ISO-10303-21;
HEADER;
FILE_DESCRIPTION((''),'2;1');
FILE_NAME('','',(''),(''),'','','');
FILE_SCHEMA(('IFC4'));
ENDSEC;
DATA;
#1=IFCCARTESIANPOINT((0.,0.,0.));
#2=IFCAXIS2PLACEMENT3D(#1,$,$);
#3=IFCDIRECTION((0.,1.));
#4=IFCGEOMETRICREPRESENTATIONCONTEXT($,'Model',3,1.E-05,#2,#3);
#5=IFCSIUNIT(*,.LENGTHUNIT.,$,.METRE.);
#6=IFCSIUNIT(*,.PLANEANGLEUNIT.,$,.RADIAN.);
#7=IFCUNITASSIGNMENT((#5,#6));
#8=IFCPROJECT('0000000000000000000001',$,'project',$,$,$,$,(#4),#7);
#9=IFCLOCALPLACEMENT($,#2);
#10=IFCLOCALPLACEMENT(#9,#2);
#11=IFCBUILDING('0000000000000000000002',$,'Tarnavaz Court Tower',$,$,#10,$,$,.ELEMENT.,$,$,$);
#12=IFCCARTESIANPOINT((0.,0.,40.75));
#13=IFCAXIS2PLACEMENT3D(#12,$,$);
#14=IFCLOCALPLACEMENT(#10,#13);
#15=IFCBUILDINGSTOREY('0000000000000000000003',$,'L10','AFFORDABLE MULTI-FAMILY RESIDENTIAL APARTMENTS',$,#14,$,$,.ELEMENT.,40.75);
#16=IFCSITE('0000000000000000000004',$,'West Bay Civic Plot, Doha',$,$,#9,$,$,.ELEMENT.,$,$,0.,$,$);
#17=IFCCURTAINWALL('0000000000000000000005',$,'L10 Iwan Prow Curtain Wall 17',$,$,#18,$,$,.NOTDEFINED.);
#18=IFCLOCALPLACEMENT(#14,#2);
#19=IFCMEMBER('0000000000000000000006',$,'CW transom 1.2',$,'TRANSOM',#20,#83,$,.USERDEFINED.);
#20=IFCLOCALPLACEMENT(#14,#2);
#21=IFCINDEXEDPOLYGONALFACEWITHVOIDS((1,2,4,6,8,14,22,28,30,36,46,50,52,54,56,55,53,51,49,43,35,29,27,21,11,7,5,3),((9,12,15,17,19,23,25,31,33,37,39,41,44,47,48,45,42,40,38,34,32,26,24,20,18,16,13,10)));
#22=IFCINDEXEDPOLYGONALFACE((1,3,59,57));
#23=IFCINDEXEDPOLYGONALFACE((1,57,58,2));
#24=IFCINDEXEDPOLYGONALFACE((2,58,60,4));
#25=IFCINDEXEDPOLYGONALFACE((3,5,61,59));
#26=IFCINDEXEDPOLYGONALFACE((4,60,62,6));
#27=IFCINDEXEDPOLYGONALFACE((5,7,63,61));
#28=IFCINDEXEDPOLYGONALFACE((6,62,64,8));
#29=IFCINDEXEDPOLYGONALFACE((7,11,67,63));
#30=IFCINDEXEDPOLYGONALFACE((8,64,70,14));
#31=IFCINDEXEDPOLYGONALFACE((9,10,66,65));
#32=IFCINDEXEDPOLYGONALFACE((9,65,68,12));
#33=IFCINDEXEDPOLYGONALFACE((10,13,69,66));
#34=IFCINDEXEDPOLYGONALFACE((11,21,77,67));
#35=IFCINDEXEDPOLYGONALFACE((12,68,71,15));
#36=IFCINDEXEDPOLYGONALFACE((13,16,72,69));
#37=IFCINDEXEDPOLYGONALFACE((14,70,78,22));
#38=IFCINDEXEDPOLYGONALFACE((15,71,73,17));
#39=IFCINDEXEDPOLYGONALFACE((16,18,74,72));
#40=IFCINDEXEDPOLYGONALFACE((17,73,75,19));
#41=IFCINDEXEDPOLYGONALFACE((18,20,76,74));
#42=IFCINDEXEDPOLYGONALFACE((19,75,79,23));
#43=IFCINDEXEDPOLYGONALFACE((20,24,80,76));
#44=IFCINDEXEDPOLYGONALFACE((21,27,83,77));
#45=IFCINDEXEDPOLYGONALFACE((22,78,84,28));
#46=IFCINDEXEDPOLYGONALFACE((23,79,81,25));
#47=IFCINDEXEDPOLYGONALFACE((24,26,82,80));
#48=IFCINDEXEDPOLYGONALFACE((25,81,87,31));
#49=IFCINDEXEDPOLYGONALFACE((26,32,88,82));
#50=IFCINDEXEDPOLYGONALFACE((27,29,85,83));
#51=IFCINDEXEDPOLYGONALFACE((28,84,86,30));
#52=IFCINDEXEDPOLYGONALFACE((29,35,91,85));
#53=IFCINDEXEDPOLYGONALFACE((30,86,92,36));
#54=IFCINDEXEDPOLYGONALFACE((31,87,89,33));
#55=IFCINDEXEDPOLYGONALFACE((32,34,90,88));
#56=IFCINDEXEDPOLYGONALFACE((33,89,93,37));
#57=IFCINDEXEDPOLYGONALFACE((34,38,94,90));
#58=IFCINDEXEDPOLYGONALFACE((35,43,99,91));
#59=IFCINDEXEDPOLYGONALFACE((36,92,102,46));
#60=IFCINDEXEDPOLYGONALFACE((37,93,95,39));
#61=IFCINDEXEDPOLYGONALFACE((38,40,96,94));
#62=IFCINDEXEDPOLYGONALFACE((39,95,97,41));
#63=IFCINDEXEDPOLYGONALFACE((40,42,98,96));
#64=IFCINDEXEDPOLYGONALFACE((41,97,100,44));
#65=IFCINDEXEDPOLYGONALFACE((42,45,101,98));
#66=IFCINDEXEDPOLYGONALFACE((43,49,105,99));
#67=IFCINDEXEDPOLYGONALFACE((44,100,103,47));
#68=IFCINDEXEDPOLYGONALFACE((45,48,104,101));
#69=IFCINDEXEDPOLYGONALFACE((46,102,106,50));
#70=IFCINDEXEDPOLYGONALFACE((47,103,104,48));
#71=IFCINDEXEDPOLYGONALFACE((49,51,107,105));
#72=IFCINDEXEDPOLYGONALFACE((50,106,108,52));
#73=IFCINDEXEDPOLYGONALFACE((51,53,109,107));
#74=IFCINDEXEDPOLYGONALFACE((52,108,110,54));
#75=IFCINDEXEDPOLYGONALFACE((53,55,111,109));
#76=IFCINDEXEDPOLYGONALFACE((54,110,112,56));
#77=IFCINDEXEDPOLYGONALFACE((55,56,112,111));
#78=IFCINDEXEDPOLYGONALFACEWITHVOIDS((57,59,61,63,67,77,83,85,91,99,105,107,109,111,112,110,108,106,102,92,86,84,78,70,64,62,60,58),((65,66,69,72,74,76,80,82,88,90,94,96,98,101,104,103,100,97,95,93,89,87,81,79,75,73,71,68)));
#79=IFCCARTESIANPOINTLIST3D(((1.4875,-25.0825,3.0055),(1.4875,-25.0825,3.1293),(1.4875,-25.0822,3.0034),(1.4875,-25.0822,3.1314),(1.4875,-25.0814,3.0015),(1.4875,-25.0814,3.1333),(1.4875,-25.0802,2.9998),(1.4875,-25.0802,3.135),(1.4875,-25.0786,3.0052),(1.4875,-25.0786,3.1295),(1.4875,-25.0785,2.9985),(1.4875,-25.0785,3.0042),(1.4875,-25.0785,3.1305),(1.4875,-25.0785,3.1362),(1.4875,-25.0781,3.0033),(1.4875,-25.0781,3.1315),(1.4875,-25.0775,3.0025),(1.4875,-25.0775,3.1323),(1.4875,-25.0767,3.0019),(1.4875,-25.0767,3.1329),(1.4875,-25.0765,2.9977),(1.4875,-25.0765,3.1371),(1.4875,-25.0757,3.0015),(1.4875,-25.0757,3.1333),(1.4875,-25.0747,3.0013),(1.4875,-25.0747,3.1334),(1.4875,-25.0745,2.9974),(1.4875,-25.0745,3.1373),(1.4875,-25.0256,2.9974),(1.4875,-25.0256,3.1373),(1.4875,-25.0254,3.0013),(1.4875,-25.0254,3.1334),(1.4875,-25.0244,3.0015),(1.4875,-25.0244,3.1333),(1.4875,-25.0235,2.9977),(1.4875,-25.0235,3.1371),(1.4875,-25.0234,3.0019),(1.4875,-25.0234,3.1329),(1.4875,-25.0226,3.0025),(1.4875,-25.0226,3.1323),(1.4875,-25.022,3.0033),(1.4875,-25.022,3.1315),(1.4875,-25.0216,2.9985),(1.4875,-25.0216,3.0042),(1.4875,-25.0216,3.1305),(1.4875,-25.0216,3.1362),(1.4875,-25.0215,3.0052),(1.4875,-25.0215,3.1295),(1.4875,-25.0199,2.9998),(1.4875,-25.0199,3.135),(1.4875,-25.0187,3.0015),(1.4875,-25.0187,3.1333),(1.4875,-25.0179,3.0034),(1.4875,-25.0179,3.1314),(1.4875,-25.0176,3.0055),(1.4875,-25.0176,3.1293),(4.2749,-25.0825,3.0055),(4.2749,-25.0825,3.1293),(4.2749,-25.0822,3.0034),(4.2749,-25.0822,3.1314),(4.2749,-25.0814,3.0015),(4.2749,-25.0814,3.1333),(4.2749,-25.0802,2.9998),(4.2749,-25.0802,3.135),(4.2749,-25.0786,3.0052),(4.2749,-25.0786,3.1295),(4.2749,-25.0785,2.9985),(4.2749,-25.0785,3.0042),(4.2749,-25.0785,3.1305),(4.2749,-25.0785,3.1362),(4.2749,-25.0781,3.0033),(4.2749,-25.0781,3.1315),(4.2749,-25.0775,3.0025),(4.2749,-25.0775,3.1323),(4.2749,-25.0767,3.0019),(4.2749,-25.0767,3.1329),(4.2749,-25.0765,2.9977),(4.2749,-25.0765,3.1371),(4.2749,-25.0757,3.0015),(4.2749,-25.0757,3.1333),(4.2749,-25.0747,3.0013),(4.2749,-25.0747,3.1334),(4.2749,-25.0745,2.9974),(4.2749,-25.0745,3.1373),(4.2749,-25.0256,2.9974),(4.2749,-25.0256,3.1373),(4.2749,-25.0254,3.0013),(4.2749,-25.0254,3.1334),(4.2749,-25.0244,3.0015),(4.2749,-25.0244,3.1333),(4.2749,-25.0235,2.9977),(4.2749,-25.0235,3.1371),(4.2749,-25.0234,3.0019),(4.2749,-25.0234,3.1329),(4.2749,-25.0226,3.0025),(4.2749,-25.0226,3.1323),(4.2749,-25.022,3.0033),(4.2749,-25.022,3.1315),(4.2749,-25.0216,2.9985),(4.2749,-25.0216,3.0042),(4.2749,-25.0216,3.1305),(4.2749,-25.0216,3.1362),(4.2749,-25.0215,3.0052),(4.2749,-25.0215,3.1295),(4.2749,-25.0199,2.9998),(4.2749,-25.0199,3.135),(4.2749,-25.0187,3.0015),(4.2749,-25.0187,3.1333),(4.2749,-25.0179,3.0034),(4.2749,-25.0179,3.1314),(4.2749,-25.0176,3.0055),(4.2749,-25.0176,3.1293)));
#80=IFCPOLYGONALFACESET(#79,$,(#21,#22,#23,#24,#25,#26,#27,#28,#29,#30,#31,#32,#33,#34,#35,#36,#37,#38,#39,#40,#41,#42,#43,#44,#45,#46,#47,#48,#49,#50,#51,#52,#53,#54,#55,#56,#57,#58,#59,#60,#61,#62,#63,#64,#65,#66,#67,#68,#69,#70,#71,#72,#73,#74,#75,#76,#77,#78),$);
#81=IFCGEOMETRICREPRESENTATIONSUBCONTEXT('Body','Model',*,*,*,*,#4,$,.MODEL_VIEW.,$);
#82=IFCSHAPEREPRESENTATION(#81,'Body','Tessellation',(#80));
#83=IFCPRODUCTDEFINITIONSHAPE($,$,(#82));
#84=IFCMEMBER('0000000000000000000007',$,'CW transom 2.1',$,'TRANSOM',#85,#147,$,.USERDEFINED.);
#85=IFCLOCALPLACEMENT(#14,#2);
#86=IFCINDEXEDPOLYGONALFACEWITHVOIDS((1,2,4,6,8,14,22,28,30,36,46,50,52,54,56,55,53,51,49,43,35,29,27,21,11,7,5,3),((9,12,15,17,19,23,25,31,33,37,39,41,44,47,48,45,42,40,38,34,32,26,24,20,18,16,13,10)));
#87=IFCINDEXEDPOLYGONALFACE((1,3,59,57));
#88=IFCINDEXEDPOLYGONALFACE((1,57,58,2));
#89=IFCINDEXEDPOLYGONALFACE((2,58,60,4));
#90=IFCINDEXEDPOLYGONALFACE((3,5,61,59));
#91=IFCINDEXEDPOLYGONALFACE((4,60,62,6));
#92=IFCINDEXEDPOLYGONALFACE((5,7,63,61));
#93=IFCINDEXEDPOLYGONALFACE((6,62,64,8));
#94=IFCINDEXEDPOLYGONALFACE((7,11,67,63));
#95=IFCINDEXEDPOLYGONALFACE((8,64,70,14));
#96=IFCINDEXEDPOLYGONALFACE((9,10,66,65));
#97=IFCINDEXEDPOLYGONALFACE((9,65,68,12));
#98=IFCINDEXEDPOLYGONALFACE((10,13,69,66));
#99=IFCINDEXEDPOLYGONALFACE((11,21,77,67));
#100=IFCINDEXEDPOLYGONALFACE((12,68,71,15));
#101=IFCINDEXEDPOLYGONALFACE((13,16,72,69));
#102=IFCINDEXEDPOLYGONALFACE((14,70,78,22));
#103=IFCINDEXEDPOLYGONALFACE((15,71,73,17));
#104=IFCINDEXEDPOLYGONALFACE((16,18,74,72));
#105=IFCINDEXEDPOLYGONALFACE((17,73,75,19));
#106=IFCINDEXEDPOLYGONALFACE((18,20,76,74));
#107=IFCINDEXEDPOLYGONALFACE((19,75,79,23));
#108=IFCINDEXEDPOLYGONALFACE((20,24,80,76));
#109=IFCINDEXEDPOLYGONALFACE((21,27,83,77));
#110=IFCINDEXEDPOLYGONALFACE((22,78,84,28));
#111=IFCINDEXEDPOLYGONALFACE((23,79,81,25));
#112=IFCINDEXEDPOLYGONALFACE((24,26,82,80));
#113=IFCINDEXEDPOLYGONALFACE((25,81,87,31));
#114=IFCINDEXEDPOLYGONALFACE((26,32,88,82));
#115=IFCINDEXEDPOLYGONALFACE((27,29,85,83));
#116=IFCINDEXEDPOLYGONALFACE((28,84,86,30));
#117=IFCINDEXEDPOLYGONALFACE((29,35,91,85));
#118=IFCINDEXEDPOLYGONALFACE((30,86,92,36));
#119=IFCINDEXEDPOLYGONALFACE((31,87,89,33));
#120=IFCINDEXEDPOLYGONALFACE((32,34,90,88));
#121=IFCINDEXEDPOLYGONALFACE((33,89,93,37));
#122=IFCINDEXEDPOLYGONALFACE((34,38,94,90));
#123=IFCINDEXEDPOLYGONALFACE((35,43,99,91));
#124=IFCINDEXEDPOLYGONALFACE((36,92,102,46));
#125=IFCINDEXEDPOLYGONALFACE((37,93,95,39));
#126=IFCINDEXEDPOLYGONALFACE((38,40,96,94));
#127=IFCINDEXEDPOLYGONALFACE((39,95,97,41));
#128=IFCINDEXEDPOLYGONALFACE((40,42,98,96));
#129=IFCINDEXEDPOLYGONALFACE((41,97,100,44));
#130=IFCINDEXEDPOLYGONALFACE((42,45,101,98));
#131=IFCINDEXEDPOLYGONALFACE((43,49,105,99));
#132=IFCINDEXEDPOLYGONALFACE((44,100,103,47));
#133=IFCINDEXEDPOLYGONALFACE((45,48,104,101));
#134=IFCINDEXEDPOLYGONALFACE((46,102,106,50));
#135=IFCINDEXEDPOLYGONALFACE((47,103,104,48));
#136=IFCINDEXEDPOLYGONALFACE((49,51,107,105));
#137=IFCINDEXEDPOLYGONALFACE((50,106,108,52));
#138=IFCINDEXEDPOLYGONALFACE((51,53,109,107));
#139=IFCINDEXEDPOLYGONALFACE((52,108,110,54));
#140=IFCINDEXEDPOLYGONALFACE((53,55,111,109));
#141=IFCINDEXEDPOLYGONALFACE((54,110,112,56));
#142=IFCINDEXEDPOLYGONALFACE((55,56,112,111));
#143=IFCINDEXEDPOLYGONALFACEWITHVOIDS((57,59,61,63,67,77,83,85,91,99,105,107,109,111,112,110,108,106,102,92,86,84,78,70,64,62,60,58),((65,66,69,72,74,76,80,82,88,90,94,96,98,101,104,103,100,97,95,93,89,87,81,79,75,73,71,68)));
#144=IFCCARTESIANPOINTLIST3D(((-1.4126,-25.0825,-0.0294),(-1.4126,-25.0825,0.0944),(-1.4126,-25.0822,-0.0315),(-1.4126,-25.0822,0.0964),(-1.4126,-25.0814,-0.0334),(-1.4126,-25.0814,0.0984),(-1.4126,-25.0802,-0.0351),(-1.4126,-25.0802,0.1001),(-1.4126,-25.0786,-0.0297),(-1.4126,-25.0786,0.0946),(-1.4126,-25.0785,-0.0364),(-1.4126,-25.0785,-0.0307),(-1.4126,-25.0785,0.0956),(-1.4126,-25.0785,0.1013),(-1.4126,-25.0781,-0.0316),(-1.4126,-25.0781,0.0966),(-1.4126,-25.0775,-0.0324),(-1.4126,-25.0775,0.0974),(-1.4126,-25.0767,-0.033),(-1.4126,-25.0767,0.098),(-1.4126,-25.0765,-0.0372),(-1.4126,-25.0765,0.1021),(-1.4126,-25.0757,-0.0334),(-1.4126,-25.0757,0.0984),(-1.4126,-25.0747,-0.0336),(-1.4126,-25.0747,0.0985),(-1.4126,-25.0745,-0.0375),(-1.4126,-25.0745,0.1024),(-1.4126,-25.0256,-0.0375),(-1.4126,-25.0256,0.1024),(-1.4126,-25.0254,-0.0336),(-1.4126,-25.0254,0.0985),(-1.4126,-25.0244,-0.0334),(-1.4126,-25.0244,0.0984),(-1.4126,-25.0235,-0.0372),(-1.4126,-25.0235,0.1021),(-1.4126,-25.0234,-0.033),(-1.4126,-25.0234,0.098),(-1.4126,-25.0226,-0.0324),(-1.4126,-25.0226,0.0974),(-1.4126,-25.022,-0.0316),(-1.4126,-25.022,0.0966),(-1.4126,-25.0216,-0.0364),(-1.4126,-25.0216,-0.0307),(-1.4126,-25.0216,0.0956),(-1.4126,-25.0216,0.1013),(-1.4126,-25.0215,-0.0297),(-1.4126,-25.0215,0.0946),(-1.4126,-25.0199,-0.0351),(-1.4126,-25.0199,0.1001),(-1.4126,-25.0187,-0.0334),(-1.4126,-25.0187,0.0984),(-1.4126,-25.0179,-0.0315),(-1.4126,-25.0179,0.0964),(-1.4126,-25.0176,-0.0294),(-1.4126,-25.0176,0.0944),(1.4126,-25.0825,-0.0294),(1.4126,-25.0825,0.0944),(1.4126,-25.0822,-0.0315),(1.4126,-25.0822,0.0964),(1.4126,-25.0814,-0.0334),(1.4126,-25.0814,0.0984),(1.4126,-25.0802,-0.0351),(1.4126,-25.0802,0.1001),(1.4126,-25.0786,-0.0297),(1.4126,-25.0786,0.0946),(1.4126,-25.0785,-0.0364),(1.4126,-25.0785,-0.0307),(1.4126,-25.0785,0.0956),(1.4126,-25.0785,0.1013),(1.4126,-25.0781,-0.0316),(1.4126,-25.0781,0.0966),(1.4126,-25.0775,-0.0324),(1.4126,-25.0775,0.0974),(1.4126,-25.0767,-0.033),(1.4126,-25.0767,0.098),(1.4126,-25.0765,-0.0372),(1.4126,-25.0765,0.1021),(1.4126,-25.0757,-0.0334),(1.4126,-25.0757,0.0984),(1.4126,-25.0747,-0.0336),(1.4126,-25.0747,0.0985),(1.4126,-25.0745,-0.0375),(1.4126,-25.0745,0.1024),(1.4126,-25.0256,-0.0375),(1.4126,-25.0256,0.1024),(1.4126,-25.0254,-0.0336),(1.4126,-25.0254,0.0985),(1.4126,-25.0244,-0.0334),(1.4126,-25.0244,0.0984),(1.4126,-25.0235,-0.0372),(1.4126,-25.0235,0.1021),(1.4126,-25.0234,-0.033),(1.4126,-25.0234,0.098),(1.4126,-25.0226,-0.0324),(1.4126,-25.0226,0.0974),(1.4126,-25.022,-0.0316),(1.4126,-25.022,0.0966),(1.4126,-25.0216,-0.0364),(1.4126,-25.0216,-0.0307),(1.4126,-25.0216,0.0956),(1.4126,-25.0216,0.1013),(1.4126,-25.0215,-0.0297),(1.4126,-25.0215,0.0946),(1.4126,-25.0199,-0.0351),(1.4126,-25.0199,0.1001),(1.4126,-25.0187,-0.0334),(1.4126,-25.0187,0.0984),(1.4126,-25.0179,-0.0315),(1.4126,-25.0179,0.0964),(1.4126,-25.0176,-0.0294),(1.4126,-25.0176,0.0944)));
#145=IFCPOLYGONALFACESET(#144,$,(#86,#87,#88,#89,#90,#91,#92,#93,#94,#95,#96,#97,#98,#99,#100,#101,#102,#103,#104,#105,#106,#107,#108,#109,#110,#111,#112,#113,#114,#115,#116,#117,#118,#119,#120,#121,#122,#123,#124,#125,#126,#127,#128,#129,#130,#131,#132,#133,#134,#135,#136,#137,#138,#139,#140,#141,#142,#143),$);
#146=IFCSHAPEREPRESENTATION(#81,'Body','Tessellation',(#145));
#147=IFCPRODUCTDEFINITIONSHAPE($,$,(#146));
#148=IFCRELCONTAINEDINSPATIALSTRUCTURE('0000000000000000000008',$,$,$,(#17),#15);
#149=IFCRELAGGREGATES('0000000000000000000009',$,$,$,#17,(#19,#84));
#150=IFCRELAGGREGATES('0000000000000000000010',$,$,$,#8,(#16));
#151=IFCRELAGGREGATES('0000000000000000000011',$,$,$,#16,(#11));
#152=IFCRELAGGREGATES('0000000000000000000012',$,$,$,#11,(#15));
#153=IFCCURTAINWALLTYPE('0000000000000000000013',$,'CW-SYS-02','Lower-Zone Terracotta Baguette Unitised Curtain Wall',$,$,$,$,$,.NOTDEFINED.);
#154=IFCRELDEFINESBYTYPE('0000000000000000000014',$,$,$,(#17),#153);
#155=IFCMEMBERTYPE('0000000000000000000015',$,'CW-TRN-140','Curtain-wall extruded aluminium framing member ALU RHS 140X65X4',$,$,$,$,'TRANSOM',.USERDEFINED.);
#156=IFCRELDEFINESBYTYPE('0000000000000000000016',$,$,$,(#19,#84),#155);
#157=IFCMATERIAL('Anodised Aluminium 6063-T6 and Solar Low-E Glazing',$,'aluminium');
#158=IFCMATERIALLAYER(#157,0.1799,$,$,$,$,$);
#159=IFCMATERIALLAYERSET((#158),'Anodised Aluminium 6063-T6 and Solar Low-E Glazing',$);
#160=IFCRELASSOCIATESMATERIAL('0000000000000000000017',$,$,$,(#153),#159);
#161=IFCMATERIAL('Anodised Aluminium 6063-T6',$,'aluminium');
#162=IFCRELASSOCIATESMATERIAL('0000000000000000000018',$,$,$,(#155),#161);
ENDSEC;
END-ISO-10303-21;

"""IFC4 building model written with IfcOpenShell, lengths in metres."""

from ifc_helpers import new_model, si_unit, direction, frame, origin, origin_2d, place, context, subcontext, project, spatial, hollow_rectangle, extrude, material, layer, layer_set, material_profile, profile_set, type_object, element, aggregate, save


model = new_model("IFC4")

# Units and contexts
model_context = context("Model", 3, precision=1e-05, world=origin(), true_north=direction((0.0, 1.0)))
body_context = subcontext(model_context, "Body", "Model", "MODEL_VIEW")
ifc_project = project(units=[si_unit("LENGTHUNIT", "METRE"), si_unit("PLANEANGLEUNIT", "RADIAN")], contexts=[model_context])

# Site, building, storey
site_placement = place(None, origin())
site = spatial("IfcSite", under=ifc_project, at=site_placement, Name="West Bay Civic Plot, Doha", CompositionType="ELEMENT", RefElevation=0.0)
building_placement = place(site_placement, origin())
building = spatial("IfcBuilding", under=site, at=building_placement, Name="Tarnavaz Court Tower", CompositionType="ELEMENT")
storey_placement = place(building_placement, frame((0.0, 0.0, 40.75)))
storey = spatial("IfcBuildingStorey", under=building, at=storey_placement, Name="L10", Description="AFFORDABLE MULTI-FAMILY RESIDENTIAL APARTMENTS", CompositionType="ELEMENT", Elevation=40.75)

# Curtain wall, members
ifc_material_1 = material(Name="Anodised Aluminium 6063-T6 and Solar Low-E Glazing", Category="aluminium")
ifc_layer_1 = layer(ifc_material_1, 0.1799)
ifc_layer_set_1 = layer_set([ifc_layer_1], Name="Anodised Aluminium 6063-T6 and Solar Low-E Glazing")
curtain_wall_type = type_object("IfcCurtainWallType", Name="CW-SYS-02", Description="Lower-Zone Terracotta Baguette Unitised Curtain Wall", PredefinedType="NOTDEFINED", material=ifc_layer_set_1)
curtain_wall_placement = place(storey_placement, origin())
curtain_wall = element("IfcCurtainWall", 1, at=curtain_wall_placement, inside=storey, type_object=curtain_wall_type, Name="L10 Iwan Prow Curtain Wall 17", PredefinedType="NOTDEFINED")
ifc_material_2 = material(Name="Anodised Aluminium 6063-T6", Category="aluminium")
ifc_material_profile_1 = material_profile(ifc_material_2, hollow_rectangle(XDim=0.0649, YDim=0.1399, WallThickness=0.0039, InnerFilletRadius=0.0039, OuterFilletRadius=0.0081, at=origin_2d()), Name="ALU RHS 140X65X4")
ifc_profile_set_1 = profile_set([ifc_material_profile_1], Name="Anodised Aluminium 6063-T6")
member_type_1 = type_object("IfcMemberType", Name="CW-TRN-140", Description="Curtain-wall extruded aluminium framing member ALU RHS 140X65X4", ElementType="TRANSOM", PredefinedType="USERDEFINED", material=ifc_profile_set_1)
member_1_placement = place(storey_placement, frame((4.2749, -25.05, 3.0674), z_axis=(-1.0, 0.0, 0.0), x_axis=(0.0, -1.0, 0.0)))
member_1 = element("IfcMember", 2, at=member_1_placement, type_object=member_type_1, Name="CW transom 1.2", ObjectType="TRANSOM", PredefinedType="USERDEFINED", context=body_context, shape_type="SweptSolid", body=[
    extrude(hollow_rectangle(XDim=0.0649, YDim=0.1399, WallThickness=0.0039, InnerFilletRadius=0.0039, OuterFilletRadius=0.0081, at=origin_2d()), origin(), (0.0, 0.0, 1.0), 2.7874),
])
member_2_placement = place(storey_placement, frame((1.4126, -25.05, 0.0325), z_axis=(-1.0, 0.0, 0.0), x_axis=(0.0, -1.0, 0.0)))
member_2 = element("IfcMember", 3, at=member_2_placement, type_object=member_type_1, Name="CW transom 2.1", ObjectType="TRANSOM", PredefinedType="USERDEFINED", context=body_context, shape_type="SweptSolid", body=[
    extrude(hollow_rectangle(XDim=0.0649, YDim=0.1399, WallThickness=0.0039, InnerFilletRadius=0.0039, OuterFilletRadius=0.0081, at=origin_2d()), origin(), (0.0, 0.0, 1.0), 2.8252),
])
aggregate(curtain_wall, [member_1, member_2])

save(model, "model.ifc")
